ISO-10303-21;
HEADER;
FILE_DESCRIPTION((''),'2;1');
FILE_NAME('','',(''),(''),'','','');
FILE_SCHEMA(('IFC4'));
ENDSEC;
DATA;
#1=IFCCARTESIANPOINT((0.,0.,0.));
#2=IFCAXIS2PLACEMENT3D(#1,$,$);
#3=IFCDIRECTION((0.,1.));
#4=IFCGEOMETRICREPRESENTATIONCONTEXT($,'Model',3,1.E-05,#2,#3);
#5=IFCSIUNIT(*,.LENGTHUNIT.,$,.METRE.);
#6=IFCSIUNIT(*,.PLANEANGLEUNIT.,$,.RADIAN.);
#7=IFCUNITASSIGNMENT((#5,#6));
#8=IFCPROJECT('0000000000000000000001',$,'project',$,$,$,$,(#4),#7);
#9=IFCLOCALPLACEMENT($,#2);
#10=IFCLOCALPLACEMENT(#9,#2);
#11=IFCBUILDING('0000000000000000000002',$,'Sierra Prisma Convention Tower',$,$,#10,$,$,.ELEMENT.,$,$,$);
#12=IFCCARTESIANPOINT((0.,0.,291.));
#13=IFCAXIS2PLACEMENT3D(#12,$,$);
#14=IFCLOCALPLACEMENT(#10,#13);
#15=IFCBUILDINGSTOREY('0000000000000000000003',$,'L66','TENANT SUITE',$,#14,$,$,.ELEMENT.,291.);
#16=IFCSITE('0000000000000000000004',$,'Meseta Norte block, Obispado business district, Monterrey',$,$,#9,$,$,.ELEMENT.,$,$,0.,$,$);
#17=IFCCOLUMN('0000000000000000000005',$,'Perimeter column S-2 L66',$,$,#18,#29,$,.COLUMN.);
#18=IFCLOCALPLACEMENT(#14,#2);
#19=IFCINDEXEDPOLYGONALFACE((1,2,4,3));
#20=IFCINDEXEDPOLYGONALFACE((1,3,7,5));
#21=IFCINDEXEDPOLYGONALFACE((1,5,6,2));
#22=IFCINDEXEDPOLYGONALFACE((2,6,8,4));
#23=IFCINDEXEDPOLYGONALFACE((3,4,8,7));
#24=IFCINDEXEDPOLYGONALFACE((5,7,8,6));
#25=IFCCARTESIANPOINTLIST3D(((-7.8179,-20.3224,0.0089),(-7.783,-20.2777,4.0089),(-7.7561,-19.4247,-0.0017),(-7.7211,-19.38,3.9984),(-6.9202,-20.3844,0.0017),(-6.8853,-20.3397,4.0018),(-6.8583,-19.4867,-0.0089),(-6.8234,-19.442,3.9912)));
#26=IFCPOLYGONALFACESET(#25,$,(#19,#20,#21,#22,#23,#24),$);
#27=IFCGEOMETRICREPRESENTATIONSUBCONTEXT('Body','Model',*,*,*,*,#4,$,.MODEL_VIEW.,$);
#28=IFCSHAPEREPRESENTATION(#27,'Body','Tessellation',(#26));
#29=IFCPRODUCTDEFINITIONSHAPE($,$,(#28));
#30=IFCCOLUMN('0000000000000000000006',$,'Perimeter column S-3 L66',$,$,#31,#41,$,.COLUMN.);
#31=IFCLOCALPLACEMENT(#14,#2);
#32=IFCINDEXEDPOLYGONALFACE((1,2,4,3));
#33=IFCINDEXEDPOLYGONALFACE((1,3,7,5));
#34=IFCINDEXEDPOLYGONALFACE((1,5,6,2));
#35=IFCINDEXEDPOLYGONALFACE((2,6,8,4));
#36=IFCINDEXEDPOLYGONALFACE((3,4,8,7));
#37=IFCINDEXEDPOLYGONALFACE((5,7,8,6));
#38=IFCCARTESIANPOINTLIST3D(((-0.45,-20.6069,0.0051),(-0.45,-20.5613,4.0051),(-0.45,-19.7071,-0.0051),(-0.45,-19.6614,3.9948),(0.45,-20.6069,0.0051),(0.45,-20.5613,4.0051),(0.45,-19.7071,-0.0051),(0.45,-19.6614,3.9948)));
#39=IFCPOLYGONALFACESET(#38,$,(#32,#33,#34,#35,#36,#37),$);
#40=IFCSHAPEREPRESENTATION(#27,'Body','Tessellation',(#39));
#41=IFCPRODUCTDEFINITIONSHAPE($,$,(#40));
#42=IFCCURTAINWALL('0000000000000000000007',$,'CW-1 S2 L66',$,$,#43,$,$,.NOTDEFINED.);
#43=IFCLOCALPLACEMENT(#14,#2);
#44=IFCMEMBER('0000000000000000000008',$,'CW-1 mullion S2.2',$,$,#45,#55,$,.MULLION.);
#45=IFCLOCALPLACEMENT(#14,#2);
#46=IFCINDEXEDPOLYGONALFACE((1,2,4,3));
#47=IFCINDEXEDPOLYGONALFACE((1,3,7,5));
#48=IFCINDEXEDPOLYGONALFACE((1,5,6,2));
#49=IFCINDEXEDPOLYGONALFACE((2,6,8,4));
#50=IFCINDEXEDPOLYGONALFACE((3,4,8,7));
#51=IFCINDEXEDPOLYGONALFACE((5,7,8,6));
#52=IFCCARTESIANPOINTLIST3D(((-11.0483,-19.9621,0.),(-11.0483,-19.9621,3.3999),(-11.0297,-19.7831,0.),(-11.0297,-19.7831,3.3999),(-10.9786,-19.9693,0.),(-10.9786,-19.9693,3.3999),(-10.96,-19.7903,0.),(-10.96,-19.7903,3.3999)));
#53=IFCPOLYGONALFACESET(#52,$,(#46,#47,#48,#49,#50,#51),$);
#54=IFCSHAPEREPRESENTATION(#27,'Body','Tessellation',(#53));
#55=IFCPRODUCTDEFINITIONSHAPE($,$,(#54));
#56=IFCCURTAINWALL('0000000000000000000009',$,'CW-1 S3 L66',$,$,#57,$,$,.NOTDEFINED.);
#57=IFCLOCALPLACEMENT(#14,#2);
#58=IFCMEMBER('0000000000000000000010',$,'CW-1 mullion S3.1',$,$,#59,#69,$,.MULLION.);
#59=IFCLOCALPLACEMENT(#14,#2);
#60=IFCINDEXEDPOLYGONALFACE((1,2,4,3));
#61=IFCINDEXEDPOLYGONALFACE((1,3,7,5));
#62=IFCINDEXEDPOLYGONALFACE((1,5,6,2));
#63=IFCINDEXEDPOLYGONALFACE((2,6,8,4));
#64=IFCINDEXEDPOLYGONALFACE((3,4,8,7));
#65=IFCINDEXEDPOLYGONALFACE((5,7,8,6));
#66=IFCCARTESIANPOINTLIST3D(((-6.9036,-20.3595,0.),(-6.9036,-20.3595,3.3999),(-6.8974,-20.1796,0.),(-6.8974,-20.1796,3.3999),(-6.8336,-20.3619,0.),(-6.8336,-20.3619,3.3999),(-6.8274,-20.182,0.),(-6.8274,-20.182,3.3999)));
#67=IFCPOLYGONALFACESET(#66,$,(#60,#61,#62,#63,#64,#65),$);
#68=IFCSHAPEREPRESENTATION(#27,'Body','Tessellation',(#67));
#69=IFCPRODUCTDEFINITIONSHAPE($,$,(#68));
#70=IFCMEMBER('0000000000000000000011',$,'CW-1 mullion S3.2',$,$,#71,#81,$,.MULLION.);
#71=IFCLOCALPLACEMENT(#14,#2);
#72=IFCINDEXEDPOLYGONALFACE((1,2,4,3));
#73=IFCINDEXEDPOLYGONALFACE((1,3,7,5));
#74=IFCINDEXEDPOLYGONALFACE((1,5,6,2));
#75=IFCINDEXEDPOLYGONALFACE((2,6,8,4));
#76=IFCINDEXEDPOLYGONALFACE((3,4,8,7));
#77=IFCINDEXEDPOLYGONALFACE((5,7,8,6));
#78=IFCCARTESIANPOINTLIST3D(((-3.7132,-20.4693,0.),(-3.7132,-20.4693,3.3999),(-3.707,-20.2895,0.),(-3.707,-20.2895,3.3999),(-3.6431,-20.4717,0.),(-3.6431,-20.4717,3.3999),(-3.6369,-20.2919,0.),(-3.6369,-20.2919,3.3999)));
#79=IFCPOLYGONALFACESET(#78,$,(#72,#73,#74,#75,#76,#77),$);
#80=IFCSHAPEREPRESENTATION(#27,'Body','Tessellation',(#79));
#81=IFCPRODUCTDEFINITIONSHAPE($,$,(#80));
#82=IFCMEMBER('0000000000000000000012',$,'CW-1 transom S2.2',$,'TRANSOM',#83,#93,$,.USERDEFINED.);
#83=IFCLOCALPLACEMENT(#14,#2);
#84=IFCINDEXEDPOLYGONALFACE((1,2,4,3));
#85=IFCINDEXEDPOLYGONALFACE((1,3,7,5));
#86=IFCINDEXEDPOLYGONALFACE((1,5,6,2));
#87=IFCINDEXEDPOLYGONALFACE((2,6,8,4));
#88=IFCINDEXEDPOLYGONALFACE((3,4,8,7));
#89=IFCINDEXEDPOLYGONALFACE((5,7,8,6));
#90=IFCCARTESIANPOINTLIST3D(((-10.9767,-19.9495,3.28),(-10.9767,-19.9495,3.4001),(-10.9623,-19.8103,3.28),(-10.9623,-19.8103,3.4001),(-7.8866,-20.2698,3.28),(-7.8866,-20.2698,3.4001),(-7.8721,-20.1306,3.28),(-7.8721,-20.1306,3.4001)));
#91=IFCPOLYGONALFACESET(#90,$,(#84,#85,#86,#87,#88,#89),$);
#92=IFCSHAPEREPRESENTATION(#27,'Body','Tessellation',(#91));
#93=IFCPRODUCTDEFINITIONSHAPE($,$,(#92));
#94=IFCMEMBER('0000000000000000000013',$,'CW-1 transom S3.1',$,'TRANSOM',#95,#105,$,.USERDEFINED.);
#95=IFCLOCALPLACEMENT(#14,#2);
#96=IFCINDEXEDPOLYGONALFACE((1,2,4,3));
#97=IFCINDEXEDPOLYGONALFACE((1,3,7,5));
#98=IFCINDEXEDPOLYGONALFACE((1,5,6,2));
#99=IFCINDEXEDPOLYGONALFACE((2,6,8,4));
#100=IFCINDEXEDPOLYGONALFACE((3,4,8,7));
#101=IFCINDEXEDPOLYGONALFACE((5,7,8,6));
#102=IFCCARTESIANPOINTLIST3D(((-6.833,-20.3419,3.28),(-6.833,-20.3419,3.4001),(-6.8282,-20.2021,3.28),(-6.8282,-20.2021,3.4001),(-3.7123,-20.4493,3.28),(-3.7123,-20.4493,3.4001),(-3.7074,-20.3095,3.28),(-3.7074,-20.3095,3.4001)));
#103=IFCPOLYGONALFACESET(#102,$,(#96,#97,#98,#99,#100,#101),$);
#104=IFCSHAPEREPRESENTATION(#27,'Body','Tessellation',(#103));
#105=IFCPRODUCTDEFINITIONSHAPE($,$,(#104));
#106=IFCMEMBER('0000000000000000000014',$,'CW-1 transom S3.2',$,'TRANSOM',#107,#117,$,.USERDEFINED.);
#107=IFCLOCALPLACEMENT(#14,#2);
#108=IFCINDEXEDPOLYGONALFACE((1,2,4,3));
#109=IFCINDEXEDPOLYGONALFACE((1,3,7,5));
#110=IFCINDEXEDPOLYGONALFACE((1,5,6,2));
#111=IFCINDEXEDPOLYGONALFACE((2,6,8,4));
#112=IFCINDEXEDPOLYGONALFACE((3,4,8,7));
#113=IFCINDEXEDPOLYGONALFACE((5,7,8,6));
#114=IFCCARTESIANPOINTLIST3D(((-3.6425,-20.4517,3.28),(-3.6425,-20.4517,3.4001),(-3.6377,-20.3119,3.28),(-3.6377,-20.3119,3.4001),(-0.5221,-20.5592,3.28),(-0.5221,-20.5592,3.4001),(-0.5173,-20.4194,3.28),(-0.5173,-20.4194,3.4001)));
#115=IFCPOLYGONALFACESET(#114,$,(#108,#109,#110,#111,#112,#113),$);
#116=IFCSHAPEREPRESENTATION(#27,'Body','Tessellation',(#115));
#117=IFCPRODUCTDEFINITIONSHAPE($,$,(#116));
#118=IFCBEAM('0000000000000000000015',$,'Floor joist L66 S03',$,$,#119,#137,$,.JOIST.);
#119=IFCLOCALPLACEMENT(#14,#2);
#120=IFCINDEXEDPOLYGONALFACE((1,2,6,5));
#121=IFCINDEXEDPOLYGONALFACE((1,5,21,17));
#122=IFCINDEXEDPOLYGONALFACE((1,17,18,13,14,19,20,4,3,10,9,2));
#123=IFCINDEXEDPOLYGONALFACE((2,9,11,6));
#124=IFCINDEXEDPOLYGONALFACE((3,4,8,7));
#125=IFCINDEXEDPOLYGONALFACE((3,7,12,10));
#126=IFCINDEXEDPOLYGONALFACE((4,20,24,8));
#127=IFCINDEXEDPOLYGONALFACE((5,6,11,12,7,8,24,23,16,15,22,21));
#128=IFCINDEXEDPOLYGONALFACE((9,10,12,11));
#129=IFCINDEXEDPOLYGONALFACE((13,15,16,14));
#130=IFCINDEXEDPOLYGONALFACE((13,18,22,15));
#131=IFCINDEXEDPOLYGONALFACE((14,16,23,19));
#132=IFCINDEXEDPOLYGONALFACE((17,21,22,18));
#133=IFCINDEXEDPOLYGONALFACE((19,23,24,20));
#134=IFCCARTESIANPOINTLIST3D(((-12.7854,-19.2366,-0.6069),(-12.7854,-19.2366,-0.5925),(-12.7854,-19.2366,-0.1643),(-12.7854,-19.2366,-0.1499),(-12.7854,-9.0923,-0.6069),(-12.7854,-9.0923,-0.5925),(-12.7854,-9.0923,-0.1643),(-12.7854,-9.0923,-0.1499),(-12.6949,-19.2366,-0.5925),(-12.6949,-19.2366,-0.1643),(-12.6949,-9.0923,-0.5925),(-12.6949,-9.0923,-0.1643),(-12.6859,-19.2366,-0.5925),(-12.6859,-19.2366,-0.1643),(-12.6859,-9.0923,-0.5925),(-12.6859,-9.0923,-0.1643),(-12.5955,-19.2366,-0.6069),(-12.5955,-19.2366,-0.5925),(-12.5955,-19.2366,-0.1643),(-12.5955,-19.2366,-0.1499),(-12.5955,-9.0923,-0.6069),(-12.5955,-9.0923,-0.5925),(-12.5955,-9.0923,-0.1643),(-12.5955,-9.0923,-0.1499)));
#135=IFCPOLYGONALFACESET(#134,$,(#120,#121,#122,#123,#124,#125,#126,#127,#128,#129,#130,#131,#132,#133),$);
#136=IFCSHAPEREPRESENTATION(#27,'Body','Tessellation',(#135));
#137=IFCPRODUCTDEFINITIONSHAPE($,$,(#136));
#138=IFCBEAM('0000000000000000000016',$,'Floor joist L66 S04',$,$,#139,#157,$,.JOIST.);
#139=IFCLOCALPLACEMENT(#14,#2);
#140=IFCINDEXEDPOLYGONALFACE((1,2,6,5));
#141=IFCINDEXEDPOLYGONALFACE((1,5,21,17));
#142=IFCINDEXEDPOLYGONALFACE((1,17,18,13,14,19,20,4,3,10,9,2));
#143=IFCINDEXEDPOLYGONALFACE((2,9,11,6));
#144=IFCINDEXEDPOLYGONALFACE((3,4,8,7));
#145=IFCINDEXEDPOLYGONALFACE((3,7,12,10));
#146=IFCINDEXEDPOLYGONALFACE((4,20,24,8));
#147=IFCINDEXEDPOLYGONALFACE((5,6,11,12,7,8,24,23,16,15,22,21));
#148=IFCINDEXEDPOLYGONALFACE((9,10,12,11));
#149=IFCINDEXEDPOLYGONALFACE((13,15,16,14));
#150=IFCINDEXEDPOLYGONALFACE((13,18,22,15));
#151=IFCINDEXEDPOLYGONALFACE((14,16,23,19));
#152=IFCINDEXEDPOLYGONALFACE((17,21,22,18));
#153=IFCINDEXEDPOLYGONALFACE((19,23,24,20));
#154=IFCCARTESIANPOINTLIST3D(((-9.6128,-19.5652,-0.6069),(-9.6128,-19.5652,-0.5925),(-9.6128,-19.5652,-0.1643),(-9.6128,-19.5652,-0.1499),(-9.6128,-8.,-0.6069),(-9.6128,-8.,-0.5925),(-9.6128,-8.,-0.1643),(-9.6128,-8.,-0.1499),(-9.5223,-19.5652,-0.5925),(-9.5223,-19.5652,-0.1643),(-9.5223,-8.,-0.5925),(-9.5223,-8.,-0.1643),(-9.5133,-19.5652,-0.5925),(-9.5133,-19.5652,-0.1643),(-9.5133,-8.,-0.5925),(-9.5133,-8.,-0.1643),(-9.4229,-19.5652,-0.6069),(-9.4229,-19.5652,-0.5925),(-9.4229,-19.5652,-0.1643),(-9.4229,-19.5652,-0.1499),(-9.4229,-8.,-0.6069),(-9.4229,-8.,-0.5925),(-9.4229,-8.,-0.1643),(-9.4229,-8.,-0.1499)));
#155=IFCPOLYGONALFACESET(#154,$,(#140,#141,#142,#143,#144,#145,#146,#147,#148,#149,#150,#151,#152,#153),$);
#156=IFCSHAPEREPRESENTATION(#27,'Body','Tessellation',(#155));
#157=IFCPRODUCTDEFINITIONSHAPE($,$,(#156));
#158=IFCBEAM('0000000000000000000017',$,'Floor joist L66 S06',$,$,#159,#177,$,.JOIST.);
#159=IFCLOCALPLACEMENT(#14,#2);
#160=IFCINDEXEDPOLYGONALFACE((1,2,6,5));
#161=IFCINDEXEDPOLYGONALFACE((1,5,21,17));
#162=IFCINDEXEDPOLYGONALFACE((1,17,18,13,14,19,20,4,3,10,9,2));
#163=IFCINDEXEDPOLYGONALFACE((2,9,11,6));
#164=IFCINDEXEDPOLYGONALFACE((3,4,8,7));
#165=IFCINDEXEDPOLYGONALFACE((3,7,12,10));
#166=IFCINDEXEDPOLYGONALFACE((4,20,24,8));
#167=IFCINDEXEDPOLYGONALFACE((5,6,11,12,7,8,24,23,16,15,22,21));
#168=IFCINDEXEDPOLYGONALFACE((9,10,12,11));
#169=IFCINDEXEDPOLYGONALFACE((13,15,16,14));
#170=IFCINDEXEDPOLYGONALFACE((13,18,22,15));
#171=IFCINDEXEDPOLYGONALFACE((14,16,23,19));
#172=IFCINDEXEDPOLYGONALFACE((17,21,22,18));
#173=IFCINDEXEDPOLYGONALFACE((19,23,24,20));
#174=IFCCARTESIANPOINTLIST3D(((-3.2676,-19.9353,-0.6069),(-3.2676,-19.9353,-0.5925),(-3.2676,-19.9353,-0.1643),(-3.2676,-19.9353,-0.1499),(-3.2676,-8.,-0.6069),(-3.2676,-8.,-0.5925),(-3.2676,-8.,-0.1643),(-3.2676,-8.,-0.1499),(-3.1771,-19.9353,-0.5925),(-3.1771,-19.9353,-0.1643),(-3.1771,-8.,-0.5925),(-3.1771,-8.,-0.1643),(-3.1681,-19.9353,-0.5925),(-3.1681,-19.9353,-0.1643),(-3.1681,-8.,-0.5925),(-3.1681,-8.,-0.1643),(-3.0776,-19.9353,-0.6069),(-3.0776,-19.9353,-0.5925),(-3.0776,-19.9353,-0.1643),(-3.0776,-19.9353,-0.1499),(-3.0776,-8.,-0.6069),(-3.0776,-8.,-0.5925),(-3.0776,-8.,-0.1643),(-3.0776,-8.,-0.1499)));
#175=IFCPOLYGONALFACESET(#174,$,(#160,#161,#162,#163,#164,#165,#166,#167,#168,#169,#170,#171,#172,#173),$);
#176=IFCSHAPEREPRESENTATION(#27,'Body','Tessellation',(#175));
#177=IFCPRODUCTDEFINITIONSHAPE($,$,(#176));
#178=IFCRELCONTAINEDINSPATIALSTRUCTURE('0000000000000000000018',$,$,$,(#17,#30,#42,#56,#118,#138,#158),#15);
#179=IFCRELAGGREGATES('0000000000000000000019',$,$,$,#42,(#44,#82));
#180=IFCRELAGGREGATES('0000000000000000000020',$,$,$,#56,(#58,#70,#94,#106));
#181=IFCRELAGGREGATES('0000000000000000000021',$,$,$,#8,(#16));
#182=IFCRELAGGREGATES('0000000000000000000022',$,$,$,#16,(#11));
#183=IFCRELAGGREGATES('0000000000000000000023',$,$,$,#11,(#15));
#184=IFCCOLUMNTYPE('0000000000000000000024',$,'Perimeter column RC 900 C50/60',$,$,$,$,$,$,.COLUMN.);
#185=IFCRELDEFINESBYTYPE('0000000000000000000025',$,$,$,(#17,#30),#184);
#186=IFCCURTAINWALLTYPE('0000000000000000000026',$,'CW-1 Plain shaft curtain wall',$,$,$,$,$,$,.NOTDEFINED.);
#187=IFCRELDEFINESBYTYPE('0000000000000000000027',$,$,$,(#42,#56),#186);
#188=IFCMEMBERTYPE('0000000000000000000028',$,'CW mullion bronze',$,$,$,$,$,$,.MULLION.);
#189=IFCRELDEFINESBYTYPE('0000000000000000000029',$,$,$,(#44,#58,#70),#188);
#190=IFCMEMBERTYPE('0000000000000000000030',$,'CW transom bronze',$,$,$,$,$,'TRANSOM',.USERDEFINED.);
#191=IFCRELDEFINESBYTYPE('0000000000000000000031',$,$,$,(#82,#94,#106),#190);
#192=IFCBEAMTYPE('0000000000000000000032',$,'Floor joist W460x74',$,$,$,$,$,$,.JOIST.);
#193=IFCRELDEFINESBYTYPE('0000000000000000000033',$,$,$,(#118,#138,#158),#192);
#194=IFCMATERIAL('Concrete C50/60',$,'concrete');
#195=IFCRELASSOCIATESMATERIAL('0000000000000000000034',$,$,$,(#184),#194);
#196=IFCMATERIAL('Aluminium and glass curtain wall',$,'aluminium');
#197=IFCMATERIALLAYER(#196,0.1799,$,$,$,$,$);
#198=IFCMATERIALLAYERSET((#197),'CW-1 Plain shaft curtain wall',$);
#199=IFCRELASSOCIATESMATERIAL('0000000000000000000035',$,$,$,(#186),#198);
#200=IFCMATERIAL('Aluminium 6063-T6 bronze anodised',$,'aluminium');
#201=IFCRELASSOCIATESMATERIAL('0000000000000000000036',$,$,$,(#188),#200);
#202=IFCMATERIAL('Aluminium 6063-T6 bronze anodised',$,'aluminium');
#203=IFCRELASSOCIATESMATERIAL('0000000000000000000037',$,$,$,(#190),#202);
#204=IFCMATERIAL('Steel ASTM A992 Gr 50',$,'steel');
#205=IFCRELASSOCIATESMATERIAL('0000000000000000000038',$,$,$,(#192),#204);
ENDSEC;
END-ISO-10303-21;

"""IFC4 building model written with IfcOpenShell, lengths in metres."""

from ifc_helpers import new_model, si_unit, direction, frame, origin, origin_2d, place, context, subcontext, project, spatial, rectangle, i_section, extrude, material, layer, layer_set, material_profile, profile_set, type_object, element, aggregate, save


model = new_model("IFC4")

# Units and contexts
model_context = context("Model", 3, precision=1e-05, world=origin(), true_north=direction((0.0, 1.0)))
body_context = subcontext(model_context, "Body", "Model", "MODEL_VIEW")
ifc_project = project(units=[si_unit("LENGTHUNIT", "METRE"), si_unit("PLANEANGLEUNIT", "RADIAN")], contexts=[model_context])

# Site, building, storey
site_placement = place(None, origin())
site = spatial("IfcSite", under=ifc_project, at=site_placement, Name="Meseta Norte block, Obispado business district, Monterrey", CompositionType="ELEMENT", RefElevation=0.0)
building_placement = place(site_placement, origin())
building = spatial("IfcBuilding", under=site, at=building_placement, Name="Sierra Prisma Convention Tower", CompositionType="ELEMENT")
storey_placement = place(building_placement, frame((0.0, 0.0, 291.0)))
storey = spatial("IfcBuildingStorey", under=building, at=storey_placement, Name="L66", Description="TENANT SUITE", CompositionType="ELEMENT", Elevation=291.0)

# Columns
ifc_material_1 = material(Name="Concrete C50/60", Category="concrete")
ifc_material_profile_1 = material_profile(ifc_material_1, rectangle(XDim=0.8999, YDim=0.8999, at=origin_2d()), Name="Perimeter column RC 900 C50/60")
ifc_profile_set_1 = profile_set([ifc_material_profile_1], Name="Concrete C50/60")
column_type = type_object("IfcColumnType", Name="Perimeter column RC 900 C50/60", PredefinedType="COLUMN", material=ifc_profile_set_1)
column_1_placement = place(storey_placement, frame((-7.3381, -19.9045, 0.0), z_axis=(0.008727, 0.011168, 0.9999), x_axis=(-0.997594, 0.068866, 0.007938)))
element("IfcColumn", 1, at=column_1_placement, inside=storey, type_object=column_type, Name="Perimeter column S-2 L66", PredefinedType="COLUMN", context=body_context, shape_type="SweptSolid", body=[
    extrude(rectangle(XDim=0.8999, YDim=0.8999, at=origin_2d()), origin(), (0.0, 0.0, 1.0), 4.0005),
])
column_2_placement = place(storey_placement, frame((0.0, -20.157, 0.0), z_axis=(0.0, 0.011413, 0.999935), x_axis=(1.0, 0.0, 0.0)))
element("IfcColumn", 2, at=column_2_placement, inside=storey, type_object=column_type, Name="Perimeter column S-3 L66", PredefinedType="COLUMN", context=body_context, shape_type="SweptSolid", body=[
    extrude(rectangle(XDim=0.8999, YDim=0.8999, at=origin_2d()), origin(), (0.0, 0.0, 1.0), 4.0002),
])

# Curtain wall, member
ifc_material_2 = material(Name="Aluminium and glass curtain wall", Category="aluminium")
ifc_layer_1 = layer(ifc_material_2, 0.1799)
ifc_layer_set_1 = layer_set([ifc_layer_1], Name="CW-1 Plain shaft curtain wall")
curtain_wall_type = type_object("IfcCurtainWallType", Name="CW-1 Plain shaft curtain wall", PredefinedType="NOTDEFINED", material=ifc_layer_set_1)
curtain_wall_1_placement = place(storey_placement, origin())
curtain_wall_1 = element("IfcCurtainWall", 3, at=curtain_wall_1_placement, inside=storey, type_object=curtain_wall_type, Name="CW-1 S2 L66", PredefinedType="NOTDEFINED")
ifc_material_3 = material(Name="Aluminium 6063-T6 bronze anodised", Category="aluminium")
ifc_material_profile_2 = material_profile(ifc_material_3, rectangle(XDim=0.1799, YDim=0.0701, at=origin_2d()), Name="ALU MULLION 70x180")
ifc_profile_set_2 = profile_set([ifc_material_profile_2], Name="Aluminium 6063-T6 bronze anodised")
member_type_1 = type_object("IfcMemberType", Name="CW mullion bronze", PredefinedType="MULLION", material=ifc_profile_set_2)
member_1_placement = place(storey_placement, frame((-11.0042, -19.8762, 0.0), z_axis=(0.0, 0.0, 1.0), x_axis=(0.103058, 0.994675, 0.0)))
member_1 = element("IfcMember", 4, at=member_1_placement, type_object=member_type_1, Name="CW-1 mullion S2.2", PredefinedType="MULLION", context=body_context, shape_type="SweptSolid", body=[
    extrude(rectangle(XDim=0.1799, YDim=0.0701, at=origin_2d()), origin(), (0.0, 0.0, 1.0), 3.3999),
])

# Curtain wall, members
curtain_wall_2_placement = place(storey_placement, origin())
curtain_wall_2 = element("IfcCurtainWall", 5, at=curtain_wall_2_placement, inside=storey, type_object=curtain_wall_type, Name="CW-1 S3 L66", PredefinedType="NOTDEFINED")
member_2_placement = place(storey_placement, frame((-6.8655, -20.2708, 0.0), z_axis=(0.0, 0.0, 1.0), x_axis=(0.034407, 0.999408, 0.0)))
member_2 = element("IfcMember", 6, at=member_2_placement, type_object=member_type_1, Name="CW-1 mullion S3.1", PredefinedType="MULLION", context=body_context, shape_type="SweptSolid", body=[
    extrude(rectangle(XDim=0.1799, YDim=0.0701, at=origin_2d()), origin(), (0.0, 0.0, 1.0), 3.3999),
])
member_3_placement = place(storey_placement, frame((-3.675, -20.3806, 0.0), z_axis=(0.0, 0.0, 1.0), x_axis=(0.034407, 0.999408, 0.0)))
member_3 = element("IfcMember", 7, at=member_3_placement, type_object=member_type_1, Name="CW-1 mullion S3.2", PredefinedType="MULLION", context=body_context, shape_type="SweptSolid", body=[
    extrude(rectangle(XDim=0.1799, YDim=0.0701, at=origin_2d()), origin(), (0.0, 0.0, 1.0), 3.3999),
])

# Members
ifc_material_4 = material(Name="Aluminium 6063-T6 bronze anodised", Category="aluminium")
ifc_material_profile_3 = material_profile(ifc_material_4, rectangle(XDim=0.1399, YDim=0.1201, at=origin_2d()), Name="ALU TRANSOM 120x140")
ifc_profile_set_3 = profile_set([ifc_material_profile_3], Name="Aluminium 6063-T6 bronze anodised")
member_type_2 = type_object("IfcMemberType", Name="CW transom bronze", ElementType="TRANSOM", PredefinedType="USERDEFINED", material=ifc_profile_set_3)
member_4_placement = place(storey_placement, frame((-10.9695, -19.8799, 3.3401), z_axis=(0.99467, -0.103106, 0.0), x_axis=(0.103106, 0.99467, 0.0)))
member_4 = element("IfcMember", 8, at=member_4_placement, type_object=member_type_2, Name="CW-1 transom S2.2", ObjectType="TRANSOM", PredefinedType="USERDEFINED", context=body_context, shape_type="SweptSolid", body=[
    extrude(rectangle(XDim=0.1399, YDim=0.1201, at=origin_2d()), origin(), (0.0, 0.0, 1.0), 3.1067),
])
member_5_placement = place(storey_placement, frame((-6.8306, -20.272, 3.3401), z_axis=(0.999408, -0.034403, 0.0), x_axis=(0.034403, 0.999408, 0.0)))
member_5 = element("IfcMember", 9, at=member_5_placement, type_object=member_type_2, Name="CW-1 transom S3.1", ObjectType="TRANSOM", PredefinedType="USERDEFINED", context=body_context, shape_type="SweptSolid", body=[
    extrude(rectangle(XDim=0.1399, YDim=0.1201, at=origin_2d()), origin(), (0.0, 0.0, 1.0), 3.1226),
])
member_6_placement = place(storey_placement, frame((-3.6401, -20.3818, 3.3401), z_axis=(0.999408, -0.034406, 0.0), x_axis=(0.034406, 0.999408, 0.0)))
member_6 = element("IfcMember", 10, at=member_6_placement, type_object=member_type_2, Name="CW-1 transom S3.2", ObjectType="TRANSOM", PredefinedType="USERDEFINED", context=body_context, shape_type="SweptSolid", body=[
    extrude(rectangle(XDim=0.1399, YDim=0.1201, at=origin_2d()), origin(), (0.0, 0.0, 1.0), 3.1223),
])

# Beams
ifc_material_5 = material(Name="Steel ASTM A992 Gr 50", Category="steel")
ifc_material_profile_4 = material_profile(ifc_material_5, i_section(OverallWidth=0.1899, OverallDepth=0.457, WebThickness=0.009, FlangeThickness=0.0144, at=origin_2d()), Name="W460x74")
ifc_profile_set_4 = profile_set([ifc_material_profile_4], Name="Steel ASTM A992 Gr 50")
beam_type_1 = type_object("IfcBeamType", Name="Floor joist W460x74", PredefinedType="JOIST", material=ifc_profile_set_4)
beam_1_placement = place(storey_placement, frame((-12.6904, -19.2366, -0.3784), z_axis=(0.0, 1.0, 0.0), x_axis=(-1.0, 0.0, 0.0)))
element("IfcBeam", 11, at=beam_1_placement, inside=storey, type_object=beam_type_1, Name="Floor joist L66 S03", PredefinedType="JOIST", context=body_context, shape_type="SweptSolid", body=[
    extrude(i_section(OverallWidth=0.1899, OverallDepth=0.457, WebThickness=0.009, FlangeThickness=0.0144, at=origin_2d()), origin(), (0.0, 0.0, 1.0), 10.1443),
])
beam_2_placement = place(storey_placement, frame((-9.5178, -19.5652, -0.3784), z_axis=(0.0, 1.0, 0.0), x_axis=(-1.0, 0.0, 0.0)))
element("IfcBeam", 12, at=beam_2_placement, inside=storey, type_object=beam_type_1, Name="Floor joist L66 S04", PredefinedType="JOIST", context=body_context, shape_type="SweptSolid", body=[
    extrude(i_section(OverallWidth=0.1899, OverallDepth=0.457, WebThickness=0.009, FlangeThickness=0.0144, at=origin_2d()), origin(), (0.0, 0.0, 1.0), 11.5652),
])
beam_3_placement = place(storey_placement, frame((-3.1726, -19.9353, -0.3784), z_axis=(0.0, 1.0, 0.0), x_axis=(-1.0, 0.0, 0.0)))
element("IfcBeam", 13, at=beam_3_placement, inside=storey, type_object=beam_type_1, Name="Floor joist L66 S06", PredefinedType="JOIST", context=body_context, shape_type="SweptSolid", body=[
    extrude(i_section(OverallWidth=0.1899, OverallDepth=0.457, WebThickness=0.009, FlangeThickness=0.0144, at=origin_2d()), origin(), (0.0, 0.0, 1.0), 11.9353),
])

aggregate(curtain_wall_1, [member_1, member_4])
aggregate(curtain_wall_2, [member_2, member_3, member_5, member_6])

save(model, "model.ifc")
